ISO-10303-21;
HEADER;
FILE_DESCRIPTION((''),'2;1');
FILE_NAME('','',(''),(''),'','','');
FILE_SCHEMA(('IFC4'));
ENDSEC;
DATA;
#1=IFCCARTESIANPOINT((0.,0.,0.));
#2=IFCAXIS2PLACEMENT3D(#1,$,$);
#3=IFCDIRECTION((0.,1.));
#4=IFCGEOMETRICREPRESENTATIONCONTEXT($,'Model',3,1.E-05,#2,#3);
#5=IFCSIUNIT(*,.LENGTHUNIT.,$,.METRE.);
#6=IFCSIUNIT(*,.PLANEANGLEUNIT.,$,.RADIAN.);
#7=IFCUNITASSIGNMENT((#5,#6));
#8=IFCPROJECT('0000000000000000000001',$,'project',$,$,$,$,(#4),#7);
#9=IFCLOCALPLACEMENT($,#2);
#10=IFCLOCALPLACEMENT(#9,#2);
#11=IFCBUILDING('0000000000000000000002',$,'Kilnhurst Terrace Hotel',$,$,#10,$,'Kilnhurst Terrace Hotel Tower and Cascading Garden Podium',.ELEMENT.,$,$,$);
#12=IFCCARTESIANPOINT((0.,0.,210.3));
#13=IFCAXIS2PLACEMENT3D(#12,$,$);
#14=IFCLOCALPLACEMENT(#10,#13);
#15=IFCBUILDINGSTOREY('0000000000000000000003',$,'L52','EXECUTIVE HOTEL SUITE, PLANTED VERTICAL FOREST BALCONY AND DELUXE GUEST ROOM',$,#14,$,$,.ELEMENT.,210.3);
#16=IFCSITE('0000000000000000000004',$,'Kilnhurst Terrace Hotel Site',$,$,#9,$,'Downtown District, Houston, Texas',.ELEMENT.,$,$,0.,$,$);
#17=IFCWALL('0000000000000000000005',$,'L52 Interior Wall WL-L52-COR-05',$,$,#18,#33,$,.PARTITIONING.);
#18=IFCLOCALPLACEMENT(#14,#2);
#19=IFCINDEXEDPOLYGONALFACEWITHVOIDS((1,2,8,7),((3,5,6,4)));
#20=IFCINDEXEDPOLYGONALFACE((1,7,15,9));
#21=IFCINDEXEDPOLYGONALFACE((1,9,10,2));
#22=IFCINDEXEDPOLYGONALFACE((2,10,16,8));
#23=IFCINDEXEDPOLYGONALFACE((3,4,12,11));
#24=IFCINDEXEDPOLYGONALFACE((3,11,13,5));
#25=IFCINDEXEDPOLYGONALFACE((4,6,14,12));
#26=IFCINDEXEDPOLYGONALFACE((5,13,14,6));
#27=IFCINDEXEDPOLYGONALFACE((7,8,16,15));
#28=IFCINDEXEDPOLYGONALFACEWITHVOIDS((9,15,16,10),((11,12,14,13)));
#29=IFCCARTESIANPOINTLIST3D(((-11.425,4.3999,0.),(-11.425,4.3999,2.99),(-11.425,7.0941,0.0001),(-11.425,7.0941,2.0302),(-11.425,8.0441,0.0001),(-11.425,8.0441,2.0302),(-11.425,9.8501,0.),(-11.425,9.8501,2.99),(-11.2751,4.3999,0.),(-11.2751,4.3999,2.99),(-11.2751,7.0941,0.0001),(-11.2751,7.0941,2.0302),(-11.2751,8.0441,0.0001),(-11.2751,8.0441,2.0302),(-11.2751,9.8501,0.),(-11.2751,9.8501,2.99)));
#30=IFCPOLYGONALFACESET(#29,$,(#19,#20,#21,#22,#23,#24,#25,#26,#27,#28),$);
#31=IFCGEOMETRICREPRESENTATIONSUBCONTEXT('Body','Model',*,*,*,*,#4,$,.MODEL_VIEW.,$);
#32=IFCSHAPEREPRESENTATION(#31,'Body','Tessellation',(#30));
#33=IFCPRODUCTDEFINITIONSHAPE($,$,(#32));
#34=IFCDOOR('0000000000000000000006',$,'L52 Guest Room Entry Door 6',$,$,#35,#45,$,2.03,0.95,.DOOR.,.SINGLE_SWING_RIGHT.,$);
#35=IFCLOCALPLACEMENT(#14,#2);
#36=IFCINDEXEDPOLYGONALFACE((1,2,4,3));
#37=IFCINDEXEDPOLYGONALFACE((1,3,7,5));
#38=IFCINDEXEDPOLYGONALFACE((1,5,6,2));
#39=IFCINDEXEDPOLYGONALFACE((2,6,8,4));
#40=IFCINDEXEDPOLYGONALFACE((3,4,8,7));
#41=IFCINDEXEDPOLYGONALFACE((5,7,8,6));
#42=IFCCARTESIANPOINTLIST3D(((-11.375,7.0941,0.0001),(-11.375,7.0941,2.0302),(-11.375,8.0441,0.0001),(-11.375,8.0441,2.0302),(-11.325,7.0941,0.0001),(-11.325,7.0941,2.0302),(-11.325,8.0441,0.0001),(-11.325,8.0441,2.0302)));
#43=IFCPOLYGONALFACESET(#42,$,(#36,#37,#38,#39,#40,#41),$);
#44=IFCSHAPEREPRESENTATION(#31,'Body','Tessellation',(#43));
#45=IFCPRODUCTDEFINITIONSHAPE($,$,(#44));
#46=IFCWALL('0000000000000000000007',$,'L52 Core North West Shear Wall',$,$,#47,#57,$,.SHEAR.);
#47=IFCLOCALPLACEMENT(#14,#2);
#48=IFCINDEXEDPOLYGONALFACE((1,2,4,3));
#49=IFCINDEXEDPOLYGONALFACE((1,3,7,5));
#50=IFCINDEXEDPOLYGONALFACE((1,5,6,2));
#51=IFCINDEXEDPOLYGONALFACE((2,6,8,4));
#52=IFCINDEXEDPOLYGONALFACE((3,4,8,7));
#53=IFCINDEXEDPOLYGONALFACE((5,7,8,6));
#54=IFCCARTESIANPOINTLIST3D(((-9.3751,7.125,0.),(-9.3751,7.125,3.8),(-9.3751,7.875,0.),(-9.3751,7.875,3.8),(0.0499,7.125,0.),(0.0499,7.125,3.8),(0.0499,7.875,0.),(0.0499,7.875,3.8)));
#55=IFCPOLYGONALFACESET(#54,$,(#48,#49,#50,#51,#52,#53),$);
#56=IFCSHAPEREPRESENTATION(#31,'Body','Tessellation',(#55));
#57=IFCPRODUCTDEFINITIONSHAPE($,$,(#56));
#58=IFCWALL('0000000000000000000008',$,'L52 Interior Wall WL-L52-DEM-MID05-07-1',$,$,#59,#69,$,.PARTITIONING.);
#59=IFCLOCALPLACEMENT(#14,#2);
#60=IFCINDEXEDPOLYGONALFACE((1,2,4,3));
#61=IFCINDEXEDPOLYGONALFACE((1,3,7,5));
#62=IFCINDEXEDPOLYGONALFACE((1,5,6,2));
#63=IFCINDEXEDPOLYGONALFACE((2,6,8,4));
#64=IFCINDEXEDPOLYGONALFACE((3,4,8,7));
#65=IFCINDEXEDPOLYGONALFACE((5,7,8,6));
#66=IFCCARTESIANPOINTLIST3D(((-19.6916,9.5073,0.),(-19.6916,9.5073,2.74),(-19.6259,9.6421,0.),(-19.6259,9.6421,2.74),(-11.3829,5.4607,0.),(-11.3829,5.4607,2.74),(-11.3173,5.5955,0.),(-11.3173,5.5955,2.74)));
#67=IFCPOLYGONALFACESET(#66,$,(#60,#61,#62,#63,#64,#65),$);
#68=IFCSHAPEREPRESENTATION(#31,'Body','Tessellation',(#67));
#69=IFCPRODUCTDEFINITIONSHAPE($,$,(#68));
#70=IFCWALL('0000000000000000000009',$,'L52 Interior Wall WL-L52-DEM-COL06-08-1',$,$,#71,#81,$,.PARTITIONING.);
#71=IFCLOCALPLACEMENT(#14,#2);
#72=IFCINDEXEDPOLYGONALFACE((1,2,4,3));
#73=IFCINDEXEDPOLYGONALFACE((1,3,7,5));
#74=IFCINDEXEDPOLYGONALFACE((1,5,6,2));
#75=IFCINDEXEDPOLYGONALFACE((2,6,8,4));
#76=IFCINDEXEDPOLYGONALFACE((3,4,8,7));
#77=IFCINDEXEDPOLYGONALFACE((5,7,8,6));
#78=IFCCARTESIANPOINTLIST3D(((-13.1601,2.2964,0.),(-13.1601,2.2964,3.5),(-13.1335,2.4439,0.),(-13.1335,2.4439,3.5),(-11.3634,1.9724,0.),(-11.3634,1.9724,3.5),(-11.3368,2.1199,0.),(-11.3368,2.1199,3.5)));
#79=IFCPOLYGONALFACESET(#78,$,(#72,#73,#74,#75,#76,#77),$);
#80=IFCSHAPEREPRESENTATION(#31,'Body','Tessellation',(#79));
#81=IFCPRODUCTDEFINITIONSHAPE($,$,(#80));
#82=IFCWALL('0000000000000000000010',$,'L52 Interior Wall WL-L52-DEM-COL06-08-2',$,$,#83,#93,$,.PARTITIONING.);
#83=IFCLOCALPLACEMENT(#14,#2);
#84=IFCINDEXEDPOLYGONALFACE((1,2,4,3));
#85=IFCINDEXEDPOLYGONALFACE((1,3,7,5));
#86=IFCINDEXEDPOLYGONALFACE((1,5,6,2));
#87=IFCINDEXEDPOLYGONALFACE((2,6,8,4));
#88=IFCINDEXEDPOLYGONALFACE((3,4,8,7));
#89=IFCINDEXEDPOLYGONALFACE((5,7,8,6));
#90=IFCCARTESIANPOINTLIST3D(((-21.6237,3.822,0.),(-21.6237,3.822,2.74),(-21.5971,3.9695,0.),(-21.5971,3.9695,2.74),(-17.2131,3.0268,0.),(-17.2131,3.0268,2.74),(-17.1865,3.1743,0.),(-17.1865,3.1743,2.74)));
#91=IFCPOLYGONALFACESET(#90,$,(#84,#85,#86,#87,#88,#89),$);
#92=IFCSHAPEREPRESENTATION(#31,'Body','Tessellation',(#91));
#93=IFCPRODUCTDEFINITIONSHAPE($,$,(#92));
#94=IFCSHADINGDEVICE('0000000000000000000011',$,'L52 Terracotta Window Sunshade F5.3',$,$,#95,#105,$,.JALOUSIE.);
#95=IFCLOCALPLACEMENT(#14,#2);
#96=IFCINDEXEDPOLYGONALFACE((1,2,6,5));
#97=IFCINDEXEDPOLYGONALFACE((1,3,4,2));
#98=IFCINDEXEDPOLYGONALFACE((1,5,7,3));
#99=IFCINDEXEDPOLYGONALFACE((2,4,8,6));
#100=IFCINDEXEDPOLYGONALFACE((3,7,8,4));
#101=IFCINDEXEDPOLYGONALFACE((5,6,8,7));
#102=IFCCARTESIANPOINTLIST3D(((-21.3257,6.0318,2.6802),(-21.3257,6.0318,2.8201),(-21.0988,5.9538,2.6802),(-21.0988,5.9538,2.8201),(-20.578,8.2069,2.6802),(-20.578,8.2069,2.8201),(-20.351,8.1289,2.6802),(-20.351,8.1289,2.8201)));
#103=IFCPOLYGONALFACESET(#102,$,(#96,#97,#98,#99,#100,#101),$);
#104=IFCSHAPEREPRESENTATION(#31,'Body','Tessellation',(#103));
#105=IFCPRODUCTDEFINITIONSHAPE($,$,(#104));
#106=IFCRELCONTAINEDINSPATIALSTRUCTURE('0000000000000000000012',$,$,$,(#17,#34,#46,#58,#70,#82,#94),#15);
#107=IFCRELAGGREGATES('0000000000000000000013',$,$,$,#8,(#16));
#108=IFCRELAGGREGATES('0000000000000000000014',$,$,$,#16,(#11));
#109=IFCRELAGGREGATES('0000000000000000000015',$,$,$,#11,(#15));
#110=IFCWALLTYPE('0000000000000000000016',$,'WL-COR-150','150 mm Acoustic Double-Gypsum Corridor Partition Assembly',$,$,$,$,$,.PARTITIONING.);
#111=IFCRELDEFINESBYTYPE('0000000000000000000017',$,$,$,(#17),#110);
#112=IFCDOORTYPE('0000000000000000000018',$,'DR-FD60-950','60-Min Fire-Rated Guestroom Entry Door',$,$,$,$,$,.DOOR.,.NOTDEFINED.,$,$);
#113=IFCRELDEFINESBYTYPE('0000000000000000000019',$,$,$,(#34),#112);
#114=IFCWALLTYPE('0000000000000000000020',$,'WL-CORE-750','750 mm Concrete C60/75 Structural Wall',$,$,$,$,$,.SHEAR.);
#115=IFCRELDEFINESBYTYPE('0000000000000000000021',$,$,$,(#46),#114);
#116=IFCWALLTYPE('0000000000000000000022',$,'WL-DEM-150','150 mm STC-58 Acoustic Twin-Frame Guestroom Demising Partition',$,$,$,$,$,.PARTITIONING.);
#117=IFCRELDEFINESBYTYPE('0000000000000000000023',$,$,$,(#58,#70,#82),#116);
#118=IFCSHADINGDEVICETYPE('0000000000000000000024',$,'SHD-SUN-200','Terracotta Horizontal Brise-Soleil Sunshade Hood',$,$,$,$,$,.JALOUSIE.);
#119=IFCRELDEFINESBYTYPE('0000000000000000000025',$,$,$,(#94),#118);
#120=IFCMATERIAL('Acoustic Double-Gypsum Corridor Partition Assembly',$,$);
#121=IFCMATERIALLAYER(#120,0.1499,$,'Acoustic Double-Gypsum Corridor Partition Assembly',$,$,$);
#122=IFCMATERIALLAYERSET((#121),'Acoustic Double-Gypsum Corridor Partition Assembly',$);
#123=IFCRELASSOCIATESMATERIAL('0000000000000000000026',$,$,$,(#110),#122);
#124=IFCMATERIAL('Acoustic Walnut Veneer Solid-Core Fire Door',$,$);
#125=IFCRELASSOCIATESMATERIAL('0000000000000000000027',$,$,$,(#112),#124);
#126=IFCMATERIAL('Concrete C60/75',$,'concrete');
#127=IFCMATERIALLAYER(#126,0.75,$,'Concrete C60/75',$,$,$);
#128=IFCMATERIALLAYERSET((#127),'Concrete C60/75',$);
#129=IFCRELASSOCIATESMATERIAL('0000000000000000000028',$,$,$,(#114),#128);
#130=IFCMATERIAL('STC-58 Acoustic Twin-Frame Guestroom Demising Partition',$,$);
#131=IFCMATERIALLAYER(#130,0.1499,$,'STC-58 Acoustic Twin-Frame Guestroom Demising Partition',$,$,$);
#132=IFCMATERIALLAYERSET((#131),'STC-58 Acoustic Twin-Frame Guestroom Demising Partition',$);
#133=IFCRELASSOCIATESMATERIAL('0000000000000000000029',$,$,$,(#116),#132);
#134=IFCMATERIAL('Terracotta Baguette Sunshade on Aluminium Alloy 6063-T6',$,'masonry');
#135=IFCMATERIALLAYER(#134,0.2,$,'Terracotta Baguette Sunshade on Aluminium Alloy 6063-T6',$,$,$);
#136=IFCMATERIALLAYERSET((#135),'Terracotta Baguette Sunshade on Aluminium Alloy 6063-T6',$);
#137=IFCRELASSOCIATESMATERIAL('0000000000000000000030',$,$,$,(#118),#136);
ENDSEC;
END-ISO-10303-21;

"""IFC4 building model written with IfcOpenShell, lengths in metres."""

from ifc_helpers import new_model, si_unit, direction, frame, frame_2d, origin, origin_2d, place, context, subcontext, project, spatial, rectangle, extrude, material, layer, layer_set, type_object, element, fill, save


model = new_model("IFC4")

# Units and contexts
model_context = context("Model", 3, precision=1e-05, world=origin(), true_north=direction((0.0, 1.0)))
body_context = subcontext(model_context, "Body", "Model", "MODEL_VIEW")
ifc_project = project(units=[si_unit("LENGTHUNIT", "METRE"), si_unit("PLANEANGLEUNIT", "RADIAN")], contexts=[model_context])

# Site, building, storey
site_placement = place(None, origin())
site = spatial("IfcSite", under=ifc_project, at=site_placement, Name="Kilnhurst Terrace Hotel Site", LongName="Downtown District, Houston, Texas", CompositionType="ELEMENT", RefElevation=0.0)
building_placement = place(site_placement, origin())
building = spatial("IfcBuilding", under=site, at=building_placement, Name="Kilnhurst Terrace Hotel", LongName="Kilnhurst Terrace Hotel Tower and Cascading Garden Podium", CompositionType="ELEMENT")
storey_placement = place(building_placement, frame((0.0, 0.0, 210.3)))
storey = spatial("IfcBuildingStorey", under=building, at=storey_placement, Name="L52", Description="EXECUTIVE HOTEL SUITE, PLANTED VERTICAL FOREST BALCONY AND DELUXE GUEST ROOM", CompositionType="ELEMENT", Elevation=210.3)

# Shared definitions
ifc_material_1 = material(Name="Concrete C60/75", Category="concrete")

# Shared definitions
ifc_material_2 = material(Name="Acoustic Double-Gypsum Corridor Partition Assembly")
ifc_layer_1 = layer(ifc_material_2, 0.1499, Name="Acoustic Double-Gypsum Corridor Partition Assembly")
ifc_layer_set_1 = layer_set([ifc_layer_1], Name="Acoustic Double-Gypsum Corridor Partition Assembly")
wall_type_1 = type_object("IfcWallType", Name="WL-COR-150", Description="150 mm Acoustic Double-Gypsum Corridor Partition Assembly", PredefinedType="PARTITIONING", material=ifc_layer_set_1)

# Wall, opening, door
wall_1_placement = place(storey_placement, frame((-11.3501, 4.3999, 0.0), z_axis=(0.0, 0.0, 1.0), x_axis=(0.0, 1.0, 0.0)))
wall_1 = element("IfcWall", 1, at=wall_1_placement, inside=storey, type_object=wall_type_1, Name="L52 Interior Wall WL-L52-COR-05", PredefinedType="PARTITIONING", context=body_context, shape_type="SweptSolid", body=[
    extrude(rectangle(XDim=5.4502, YDim=0.1499, at=frame_2d((2.7251, 0.0))), origin(), (0.0, 0.0, 1.0), 2.99),
])
opening_1_placement = place(wall_1_placement, frame((2.6941, 0.0, 0.0)))
opening_1 = element("IfcOpeningElement", 2, at=opening_1_placement, cuts=wall_1, PredefinedType="OPENING", context=body_context, shape_type="SweptSolid", body=[
    extrude(rectangle(XDim=0.95, YDim=2.03, at=frame_2d((0.4751, 1.0151))), frame((0.0, 0.085, 0.0), z_axis=(0.0, -1.0, 0.0), x_axis=(1.0, 0.0, 0.0)), (0.0, 0.0, 1.0), 0.1699),
])
ifc_material_3 = material(Name="Acoustic Walnut Veneer Solid-Core Fire Door")
door_type_1 = type_object("IfcDoorType", Name="DR-FD60-950", Description="60-Min Fire-Rated Guestroom Entry Door", OperationType="NOTDEFINED", PredefinedType="DOOR", material=ifc_material_3)
door_1_placement = place(opening_1_placement, origin())
door_1 = element("IfcDoor", 3, at=door_1_placement, inside=storey, type_object=door_type_1, Name="L52 Guest Room Entry Door 6", OperationType="SINGLE_SWING_RIGHT", OverallHeight=2.03, OverallWidth=0.95, PredefinedType="DOOR", context=body_context, shape_type="SweptSolid", body=[
    extrude(rectangle(XDim=0.95, YDim=2.03, at=frame_2d((0.4751, 1.0151))), frame((0.0, 0.0249, 0.0), z_axis=(0.0, -1.0, 0.0), x_axis=(1.0, 0.0, 0.0)), (0.0, 0.0, 1.0), 0.05),
])
fill(opening_1, door_1)

# Walls
ifc_layer_2 = layer(ifc_material_1, 0.75, Name="Concrete C60/75")
ifc_layer_set_2 = layer_set([ifc_layer_2], Name="Concrete C60/75")
wall_type_2 = type_object("IfcWallType", Name="WL-CORE-750", Description="750 mm Concrete C60/75 Structural Wall", PredefinedType="SHEAR", material=ifc_layer_set_2)
wall_2_placement = place(storey_placement, frame((-9.375, 7.5, 0.0), z_axis=(0.0, 0.0, 1.0), x_axis=(1.0, 0.0, 0.0)))
element("IfcWall", 4, at=wall_2_placement, inside=storey, type_object=wall_type_2, Name="L52 Core North West Shear Wall", PredefinedType="SHEAR", context=body_context, shape_type="SweptSolid", body=[
    extrude(rectangle(XDim=9.425, YDim=0.75, at=frame_2d((4.7124, 0.0))), origin(), (0.0, 0.0, 1.0), 3.8),
])
ifc_material_4 = material(Name="STC-58 Acoustic Twin-Frame Guestroom Demising Partition")
ifc_layer_3 = layer(ifc_material_4, 0.1499, Name="STC-58 Acoustic Twin-Frame Guestroom Demising Partition")
ifc_layer_set_3 = layer_set([ifc_layer_3], Name="STC-58 Acoustic Twin-Frame Guestroom Demising Partition")
wall_type_3 = type_object("IfcWallType", Name="WL-DEM-150", Description="150 mm STC-58 Acoustic Twin-Frame Guestroom Demising Partition", PredefinedType="PARTITIONING", material=ifc_layer_set_3)
wall_3_placement = place(storey_placement, frame((-11.3501, 5.5281, 0.0), z_axis=(0.0, 0.0, 1.0), x_axis=(-0.899039, 0.437869, 0.0)))
element("IfcWall", 5, at=wall_3_placement, inside=storey, type_object=wall_type_3, Name="L52 Interior Wall WL-L52-DEM-MID05-07-1", PredefinedType="PARTITIONING", context=body_context, shape_type="SweptSolid", body=[
    extrude(rectangle(XDim=9.2417, YDim=0.1499, at=frame_2d((4.6208, 0.0))), origin(), (0.0, 0.0, 1.0), 2.74),
])
wall_4_placement = place(storey_placement, frame((-11.3501, 2.0461, 0.0), z_axis=(0.0, 0.0, 1.0), x_axis=(-0.984128, 0.177461, 0.0)))
element("IfcWall", 6, at=wall_4_placement, inside=storey, type_object=wall_type_3, Name="L52 Interior Wall WL-L52-DEM-COL06-08-1", PredefinedType="PARTITIONING", context=body_context, shape_type="SweptSolid", body=[
    extrude(rectangle(XDim=1.8257, YDim=0.1499, at=frame_2d((0.9128, 0.0))), origin(), (0.0, 0.0, 1.0), 3.5),
])
wall_5_placement = place(storey_placement, frame((-17.2, 3.1006, 0.0), z_axis=(0.0, 0.0, 1.0), x_axis=(-0.984135, 0.177423, 0.0)))
element("IfcWall", 7, at=wall_5_placement, inside=storey, type_object=wall_type_3, Name="L52 Interior Wall WL-L52-DEM-COL06-08-2", PredefinedType="PARTITIONING", context=body_context, shape_type="SweptSolid", body=[
    extrude(rectangle(XDim=4.4817, YDim=0.1499, at=frame_2d((2.2407, 0.0))), origin(), (0.0, 0.0, 1.0), 2.74),
])

# Shading device
ifc_material_5 = material(Name="Terracotta Baguette Sunshade on Aluminium Alloy 6063-T6", Category="masonry")
ifc_layer_4 = layer(ifc_material_5, 0.2, Name="Terracotta Baguette Sunshade on Aluminium Alloy 6063-T6")
ifc_layer_set_4 = layer_set([ifc_layer_4], Name="Terracotta Baguette Sunshade on Aluminium Alloy 6063-T6")
shading_device_type = type_object("IfcShadingDeviceType", Name="SHD-SUN-200", Description="Terracotta Horizontal Brise-Soleil Sunshade Hood", PredefinedType="JALOUSIE", material=ifc_layer_set_4)
shading_device_placement = place(storey_placement, frame((-20.8384, 7.0803, 2.6802), z_axis=(0.0, 0.0, 1.0), x_axis=(-0.32509, -0.945683, 0.0)))
element("IfcShadingDevice", 8, at=shading_device_placement, inside=storey, type_object=shading_device_type, Name="L52 Terracotta Window Sunshade F5.3", PredefinedType="JALOUSIE", context=body_context, shape_type="SweptSolid", body=[
    extrude(rectangle(XDim=2.3, YDim=0.24, at=origin_2d()), origin(), (0.0, 0.0, 1.0), 0.1399),
])

save(model, "model.ifc")
